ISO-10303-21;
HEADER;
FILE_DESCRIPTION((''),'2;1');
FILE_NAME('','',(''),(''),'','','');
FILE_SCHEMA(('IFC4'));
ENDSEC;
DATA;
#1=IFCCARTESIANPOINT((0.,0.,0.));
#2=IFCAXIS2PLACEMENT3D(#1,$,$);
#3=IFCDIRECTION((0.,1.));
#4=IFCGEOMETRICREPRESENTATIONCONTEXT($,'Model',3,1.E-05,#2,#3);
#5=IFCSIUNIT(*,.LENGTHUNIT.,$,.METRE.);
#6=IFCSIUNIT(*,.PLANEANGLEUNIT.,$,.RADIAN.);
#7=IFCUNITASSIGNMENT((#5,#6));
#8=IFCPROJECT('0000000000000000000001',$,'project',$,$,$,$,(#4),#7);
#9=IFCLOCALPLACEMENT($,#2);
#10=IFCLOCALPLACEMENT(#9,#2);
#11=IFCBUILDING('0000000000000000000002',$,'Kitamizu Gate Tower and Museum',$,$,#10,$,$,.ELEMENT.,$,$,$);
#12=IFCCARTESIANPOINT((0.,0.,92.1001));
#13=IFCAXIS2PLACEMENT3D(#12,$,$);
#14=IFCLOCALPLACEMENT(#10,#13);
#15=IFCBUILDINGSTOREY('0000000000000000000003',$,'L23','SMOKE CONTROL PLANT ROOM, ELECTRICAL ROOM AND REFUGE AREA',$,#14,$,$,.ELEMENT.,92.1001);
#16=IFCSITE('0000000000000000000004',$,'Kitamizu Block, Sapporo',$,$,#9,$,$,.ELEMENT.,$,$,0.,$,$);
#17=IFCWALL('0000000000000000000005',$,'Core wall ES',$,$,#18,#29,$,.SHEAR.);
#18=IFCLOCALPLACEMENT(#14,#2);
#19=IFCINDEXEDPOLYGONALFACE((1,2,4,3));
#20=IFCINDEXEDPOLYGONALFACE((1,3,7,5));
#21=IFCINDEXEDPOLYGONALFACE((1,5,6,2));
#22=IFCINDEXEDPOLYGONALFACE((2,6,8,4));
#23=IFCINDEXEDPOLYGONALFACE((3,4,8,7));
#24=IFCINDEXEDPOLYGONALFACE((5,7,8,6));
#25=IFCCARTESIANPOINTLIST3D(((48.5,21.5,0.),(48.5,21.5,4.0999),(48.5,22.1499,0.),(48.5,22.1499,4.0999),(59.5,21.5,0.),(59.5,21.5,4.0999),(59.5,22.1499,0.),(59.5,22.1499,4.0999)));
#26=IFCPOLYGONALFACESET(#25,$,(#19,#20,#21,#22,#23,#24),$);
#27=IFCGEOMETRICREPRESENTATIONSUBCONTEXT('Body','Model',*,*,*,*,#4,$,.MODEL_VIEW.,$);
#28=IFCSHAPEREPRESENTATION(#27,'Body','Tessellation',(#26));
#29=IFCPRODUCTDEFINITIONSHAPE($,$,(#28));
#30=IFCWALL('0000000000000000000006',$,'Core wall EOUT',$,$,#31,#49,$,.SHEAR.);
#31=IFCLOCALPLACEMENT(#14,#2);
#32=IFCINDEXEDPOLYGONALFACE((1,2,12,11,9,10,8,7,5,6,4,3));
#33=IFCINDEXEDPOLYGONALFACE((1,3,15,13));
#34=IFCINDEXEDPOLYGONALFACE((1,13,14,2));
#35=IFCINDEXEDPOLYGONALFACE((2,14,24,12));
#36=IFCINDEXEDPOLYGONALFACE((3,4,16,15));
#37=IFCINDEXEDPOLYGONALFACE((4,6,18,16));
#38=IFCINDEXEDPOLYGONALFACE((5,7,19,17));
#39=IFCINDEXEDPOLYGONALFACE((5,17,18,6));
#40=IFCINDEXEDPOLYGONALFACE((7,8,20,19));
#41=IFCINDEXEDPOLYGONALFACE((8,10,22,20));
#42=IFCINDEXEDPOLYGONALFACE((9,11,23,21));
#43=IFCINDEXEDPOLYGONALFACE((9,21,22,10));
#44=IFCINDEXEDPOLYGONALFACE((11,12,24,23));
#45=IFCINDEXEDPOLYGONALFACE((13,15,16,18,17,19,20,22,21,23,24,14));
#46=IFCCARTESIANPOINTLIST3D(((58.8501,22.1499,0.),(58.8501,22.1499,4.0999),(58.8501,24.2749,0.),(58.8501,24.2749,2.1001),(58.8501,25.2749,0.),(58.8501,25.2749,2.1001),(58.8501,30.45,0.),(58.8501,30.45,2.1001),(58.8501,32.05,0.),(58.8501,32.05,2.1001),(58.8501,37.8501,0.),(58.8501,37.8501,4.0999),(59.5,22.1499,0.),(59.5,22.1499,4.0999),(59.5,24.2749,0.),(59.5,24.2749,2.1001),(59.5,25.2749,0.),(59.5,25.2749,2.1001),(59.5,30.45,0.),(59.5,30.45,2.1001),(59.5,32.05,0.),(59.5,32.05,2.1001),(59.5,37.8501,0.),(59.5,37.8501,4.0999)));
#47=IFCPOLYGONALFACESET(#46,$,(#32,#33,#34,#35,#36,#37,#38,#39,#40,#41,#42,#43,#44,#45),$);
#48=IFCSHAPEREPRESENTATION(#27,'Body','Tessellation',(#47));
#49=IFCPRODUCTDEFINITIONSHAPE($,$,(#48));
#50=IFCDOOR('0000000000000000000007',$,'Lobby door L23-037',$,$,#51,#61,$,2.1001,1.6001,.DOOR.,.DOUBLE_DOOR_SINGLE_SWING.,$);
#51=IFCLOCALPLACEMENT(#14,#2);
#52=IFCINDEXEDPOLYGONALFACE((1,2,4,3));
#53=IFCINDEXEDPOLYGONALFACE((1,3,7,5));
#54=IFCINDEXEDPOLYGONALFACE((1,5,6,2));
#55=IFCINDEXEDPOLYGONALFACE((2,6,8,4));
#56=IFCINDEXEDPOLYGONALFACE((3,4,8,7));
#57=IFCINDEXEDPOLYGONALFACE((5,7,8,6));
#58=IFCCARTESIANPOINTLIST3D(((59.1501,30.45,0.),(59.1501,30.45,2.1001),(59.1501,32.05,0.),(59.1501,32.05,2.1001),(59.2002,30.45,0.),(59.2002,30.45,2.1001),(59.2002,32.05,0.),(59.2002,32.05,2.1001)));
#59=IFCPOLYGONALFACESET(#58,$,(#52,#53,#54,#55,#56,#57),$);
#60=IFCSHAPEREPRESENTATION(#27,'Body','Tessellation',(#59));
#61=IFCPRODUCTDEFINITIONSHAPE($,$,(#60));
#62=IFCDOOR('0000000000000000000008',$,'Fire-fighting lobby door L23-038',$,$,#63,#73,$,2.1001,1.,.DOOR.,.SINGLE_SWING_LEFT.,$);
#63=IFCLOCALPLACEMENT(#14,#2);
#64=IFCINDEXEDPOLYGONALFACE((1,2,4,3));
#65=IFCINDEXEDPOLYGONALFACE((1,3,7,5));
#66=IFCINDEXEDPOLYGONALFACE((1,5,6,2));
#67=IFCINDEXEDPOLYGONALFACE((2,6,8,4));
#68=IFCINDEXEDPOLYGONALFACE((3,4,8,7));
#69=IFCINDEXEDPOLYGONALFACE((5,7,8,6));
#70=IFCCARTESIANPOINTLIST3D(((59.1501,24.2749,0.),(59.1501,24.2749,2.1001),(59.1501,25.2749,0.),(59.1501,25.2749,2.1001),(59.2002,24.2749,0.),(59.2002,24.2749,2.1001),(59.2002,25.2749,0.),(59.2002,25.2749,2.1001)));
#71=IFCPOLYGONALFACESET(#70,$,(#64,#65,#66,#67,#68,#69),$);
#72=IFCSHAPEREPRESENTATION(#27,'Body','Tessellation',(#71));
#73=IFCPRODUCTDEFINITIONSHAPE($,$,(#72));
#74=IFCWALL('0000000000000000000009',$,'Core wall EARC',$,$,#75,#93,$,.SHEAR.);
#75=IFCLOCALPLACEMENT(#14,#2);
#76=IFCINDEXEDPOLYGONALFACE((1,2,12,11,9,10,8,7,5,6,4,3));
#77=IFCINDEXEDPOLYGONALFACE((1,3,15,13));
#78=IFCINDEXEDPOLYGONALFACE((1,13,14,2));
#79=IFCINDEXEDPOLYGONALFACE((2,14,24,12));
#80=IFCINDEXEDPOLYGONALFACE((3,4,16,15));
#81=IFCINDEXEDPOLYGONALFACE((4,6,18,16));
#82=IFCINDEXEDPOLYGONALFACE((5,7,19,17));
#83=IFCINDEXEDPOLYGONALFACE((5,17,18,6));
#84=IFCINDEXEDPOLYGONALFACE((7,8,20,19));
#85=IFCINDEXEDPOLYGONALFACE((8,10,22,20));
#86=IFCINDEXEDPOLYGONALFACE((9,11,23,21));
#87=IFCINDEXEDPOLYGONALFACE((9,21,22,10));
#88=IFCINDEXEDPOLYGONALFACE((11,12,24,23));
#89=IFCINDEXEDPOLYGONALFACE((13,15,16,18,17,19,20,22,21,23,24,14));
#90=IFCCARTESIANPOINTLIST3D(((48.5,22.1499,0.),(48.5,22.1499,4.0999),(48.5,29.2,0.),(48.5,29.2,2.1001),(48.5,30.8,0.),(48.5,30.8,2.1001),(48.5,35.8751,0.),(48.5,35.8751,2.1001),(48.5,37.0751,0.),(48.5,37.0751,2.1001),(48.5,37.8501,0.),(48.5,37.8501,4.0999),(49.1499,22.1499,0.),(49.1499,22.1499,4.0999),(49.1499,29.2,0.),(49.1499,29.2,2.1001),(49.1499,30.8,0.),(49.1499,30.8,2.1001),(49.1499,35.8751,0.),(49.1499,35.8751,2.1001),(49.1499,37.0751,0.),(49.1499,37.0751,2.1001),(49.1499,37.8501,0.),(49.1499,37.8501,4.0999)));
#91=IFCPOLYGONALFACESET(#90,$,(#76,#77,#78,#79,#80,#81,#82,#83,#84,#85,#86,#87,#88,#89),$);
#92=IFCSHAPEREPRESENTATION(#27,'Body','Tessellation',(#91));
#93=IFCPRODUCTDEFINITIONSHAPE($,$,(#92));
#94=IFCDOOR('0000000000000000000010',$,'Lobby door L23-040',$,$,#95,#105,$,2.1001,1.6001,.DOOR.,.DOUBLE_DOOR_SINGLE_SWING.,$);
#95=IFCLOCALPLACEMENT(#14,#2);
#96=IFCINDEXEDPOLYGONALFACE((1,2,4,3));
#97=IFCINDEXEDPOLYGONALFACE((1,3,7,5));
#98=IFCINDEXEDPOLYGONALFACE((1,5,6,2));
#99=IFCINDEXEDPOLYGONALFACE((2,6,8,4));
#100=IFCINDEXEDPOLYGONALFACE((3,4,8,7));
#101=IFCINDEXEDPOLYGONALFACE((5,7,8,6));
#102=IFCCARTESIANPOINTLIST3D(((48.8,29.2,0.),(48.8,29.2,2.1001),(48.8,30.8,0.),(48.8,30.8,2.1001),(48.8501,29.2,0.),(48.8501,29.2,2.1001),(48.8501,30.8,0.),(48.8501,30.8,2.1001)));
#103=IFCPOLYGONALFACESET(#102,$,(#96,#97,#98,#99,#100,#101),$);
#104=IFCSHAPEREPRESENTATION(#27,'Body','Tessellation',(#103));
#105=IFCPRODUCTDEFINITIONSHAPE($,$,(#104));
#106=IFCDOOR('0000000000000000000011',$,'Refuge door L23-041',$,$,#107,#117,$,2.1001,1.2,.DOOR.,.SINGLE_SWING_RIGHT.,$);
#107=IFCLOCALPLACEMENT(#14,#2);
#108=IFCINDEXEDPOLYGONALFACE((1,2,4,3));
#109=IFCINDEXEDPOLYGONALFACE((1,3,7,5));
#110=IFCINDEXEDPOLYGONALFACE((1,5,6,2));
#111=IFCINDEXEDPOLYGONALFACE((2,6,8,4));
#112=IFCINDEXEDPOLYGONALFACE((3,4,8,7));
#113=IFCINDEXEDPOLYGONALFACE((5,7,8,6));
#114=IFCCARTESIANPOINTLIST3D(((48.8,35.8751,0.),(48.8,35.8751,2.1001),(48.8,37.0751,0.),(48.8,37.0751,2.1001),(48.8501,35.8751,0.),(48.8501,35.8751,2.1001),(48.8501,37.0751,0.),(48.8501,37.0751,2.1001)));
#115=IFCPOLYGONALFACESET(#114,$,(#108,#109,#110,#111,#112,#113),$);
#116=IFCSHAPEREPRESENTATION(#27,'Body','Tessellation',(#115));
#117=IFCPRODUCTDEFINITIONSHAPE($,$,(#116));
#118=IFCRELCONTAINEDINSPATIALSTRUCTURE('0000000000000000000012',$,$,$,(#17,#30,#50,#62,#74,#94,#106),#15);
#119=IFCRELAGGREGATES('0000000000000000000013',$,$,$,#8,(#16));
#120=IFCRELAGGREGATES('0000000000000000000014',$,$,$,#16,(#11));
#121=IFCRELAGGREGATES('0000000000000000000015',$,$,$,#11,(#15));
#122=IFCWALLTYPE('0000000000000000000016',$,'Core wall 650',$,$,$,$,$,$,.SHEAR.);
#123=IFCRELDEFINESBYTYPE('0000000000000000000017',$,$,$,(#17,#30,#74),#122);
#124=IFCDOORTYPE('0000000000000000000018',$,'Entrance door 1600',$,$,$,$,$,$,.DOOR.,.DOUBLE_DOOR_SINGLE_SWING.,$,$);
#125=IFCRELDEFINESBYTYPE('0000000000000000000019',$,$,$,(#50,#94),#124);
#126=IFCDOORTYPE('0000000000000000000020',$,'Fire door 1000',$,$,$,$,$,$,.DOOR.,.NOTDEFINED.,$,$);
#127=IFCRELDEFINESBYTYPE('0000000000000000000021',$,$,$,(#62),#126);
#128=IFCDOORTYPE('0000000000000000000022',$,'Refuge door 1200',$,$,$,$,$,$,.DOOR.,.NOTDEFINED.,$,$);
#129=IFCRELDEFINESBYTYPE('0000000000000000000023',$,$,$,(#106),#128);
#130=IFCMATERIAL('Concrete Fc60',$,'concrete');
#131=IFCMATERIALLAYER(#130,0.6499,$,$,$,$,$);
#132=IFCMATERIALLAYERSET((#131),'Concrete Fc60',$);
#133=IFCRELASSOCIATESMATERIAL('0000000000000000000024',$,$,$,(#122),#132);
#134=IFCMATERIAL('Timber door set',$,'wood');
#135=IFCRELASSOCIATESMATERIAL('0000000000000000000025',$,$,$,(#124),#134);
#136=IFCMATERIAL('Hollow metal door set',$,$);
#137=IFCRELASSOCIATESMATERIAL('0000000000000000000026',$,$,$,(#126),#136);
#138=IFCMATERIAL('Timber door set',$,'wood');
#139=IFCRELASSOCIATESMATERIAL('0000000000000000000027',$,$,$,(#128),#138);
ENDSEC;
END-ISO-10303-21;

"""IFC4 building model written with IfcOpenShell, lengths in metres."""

from ifc_helpers import new_model, si_unit, direction, frame, frame_2d, origin, place, context, subcontext, project, spatial, rectangle, extrude, material, layer, layer_set, type_object, element, fill, save


model = new_model("IFC4")

# Units and contexts
model_context = context("Model", 3, precision=1e-05, world=origin(), true_north=direction((0.0, 1.0)))
body_context = subcontext(model_context, "Body", "Model", "MODEL_VIEW")
ifc_project = project(units=[si_unit("LENGTHUNIT", "METRE"), si_unit("PLANEANGLEUNIT", "RADIAN")], contexts=[model_context])

# Site, building, storey
site_placement = place(None, origin())
site = spatial("IfcSite", under=ifc_project, at=site_placement, Name="Kitamizu Block, Sapporo", CompositionType="ELEMENT", RefElevation=0.0)
building_placement = place(site_placement, origin())
building = spatial("IfcBuilding", under=site, at=building_placement, Name="Kitamizu Gate Tower and Museum", CompositionType="ELEMENT")
storey_placement = place(building_placement, frame((0.0, 0.0, 92.1001)))
storey = spatial("IfcBuildingStorey", under=building, at=storey_placement, Name="L23", Description="SMOKE CONTROL PLANT ROOM, ELECTRICAL ROOM AND REFUGE AREA", CompositionType="ELEMENT", Elevation=92.1001)

# Wall
ifc_material_1 = material(Name="Concrete Fc60", Category="concrete")
ifc_layer_1 = layer(ifc_material_1, 0.6499)
ifc_layer_set_1 = layer_set([ifc_layer_1], Name="Concrete Fc60")
wall_type_1 = type_object("IfcWallType", Name="Core wall 650", PredefinedType="SHEAR", material=ifc_layer_set_1)
wall_1_placement = place(storey_placement, frame((59.5, 21.825, 0.0), z_axis=(0.0, 0.0, 1.0), x_axis=(-1.0, 0.0, 0.0)))
element("IfcWall", 1, at=wall_1_placement, inside=storey, type_object=wall_type_1, Name="Core wall ES", PredefinedType="SHEAR", context=body_context, shape_type="SweptSolid", body=[
    extrude(rectangle(XDim=11.0, YDim=0.6499, at=frame_2d((5.5, 0.0))), origin(), (0.0, 0.0, 1.0), 4.0999),
])

# Walls, openings, doors
wall_2_placement = place(storey_placement, frame((59.175, 22.1499, 0.0), z_axis=(0.0, 0.0, 1.0), x_axis=(0.0, 1.0, 0.0)))
wall_2 = element("IfcWall", 2, at=wall_2_placement, inside=storey, type_object=wall_type_1, Name="Core wall EOUT", PredefinedType="SHEAR", context=body_context, shape_type="SweptSolid", body=[
    extrude(rectangle(XDim=15.7002, YDim=0.6499, at=frame_2d((7.8501, 0.0))), origin(), (0.0, 0.0, 1.0), 4.0999),
])
opening_1_placement = place(wall_2_placement, frame((8.3, 0.0, 0.0)))
opening_1 = element("IfcOpeningElement", 3, at=opening_1_placement, cuts=wall_2, PredefinedType="OPENING", context=body_context, shape_type="SweptSolid", body=[
    extrude(rectangle(XDim=1.6001, YDim=2.1001, at=frame_2d((0.8, 1.05))), frame((0.0, 0.335, 0.0), z_axis=(0.0, -1.0, 0.0), x_axis=(1.0, 0.0, 0.0)), (0.0, 0.0, 1.0), 0.6699),
])
opening_2_placement = place(wall_2_placement, frame((2.125, 0.0, 0.0)))
opening_2 = element("IfcOpeningElement", 4, at=opening_2_placement, cuts=wall_2, PredefinedType="OPENING", context=body_context, shape_type="SweptSolid", body=[
    extrude(rectangle(XDim=1.0, YDim=2.1001, at=frame_2d((0.5, 1.05))), frame((0.0, 0.335, 0.0), z_axis=(0.0, -1.0, 0.0), x_axis=(1.0, 0.0, 0.0)), (0.0, 0.0, 1.0), 0.6699),
])
ifc_material_2 = material(Name="Timber door set", Category="wood")
door_type_1 = type_object("IfcDoorType", Name="Entrance door 1600", OperationType="DOUBLE_DOOR_SINGLE_SWING", PredefinedType="DOOR", material=ifc_material_2)
door_1_placement = place(opening_1_placement, origin())
door_1 = element("IfcDoor", 5, at=door_1_placement, inside=storey, type_object=door_type_1, Name="Lobby door L23-037", OperationType="DOUBLE_DOOR_SINGLE_SWING", OverallHeight=2.1001, OverallWidth=1.6001, PredefinedType="DOOR", context=body_context, shape_type="SweptSolid", body=[
    extrude(rectangle(XDim=1.6001, YDim=2.1001, at=frame_2d((0.8, 1.05))), frame((0.0, 0.0249, 0.0), z_axis=(0.0, -1.0, 0.0), x_axis=(1.0, 0.0, 0.0)), (0.0, 0.0, 1.0), 0.05),
])
fill(opening_1, door_1)
ifc_material_3 = material(Name="Hollow metal door set")
door_type_2 = type_object("IfcDoorType", Name="Fire door 1000", OperationType="NOTDEFINED", PredefinedType="DOOR", material=ifc_material_3)
door_2_placement = place(opening_2_placement, origin())
door_2 = element("IfcDoor", 6, at=door_2_placement, inside=storey, type_object=door_type_2, Name="Fire-fighting lobby door L23-038", OperationType="SINGLE_SWING_LEFT", OverallHeight=2.1001, OverallWidth=1.0, PredefinedType="DOOR", context=body_context, shape_type="SweptSolid", body=[
    extrude(rectangle(XDim=1.0, YDim=2.1001, at=frame_2d((0.5, 1.05))), frame((0.0, 0.0249, 0.0), z_axis=(0.0, -1.0, 0.0), x_axis=(1.0, 0.0, 0.0)), (0.0, 0.0, 1.0), 0.05),
])
fill(opening_2, door_2)
wall_3_placement = place(storey_placement, frame((48.825, 22.1499, 0.0), z_axis=(0.0, 0.0, 1.0), x_axis=(0.0, 1.0, 0.0)))
wall_3 = element("IfcWall", 7, at=wall_3_placement, inside=storey, type_object=wall_type_1, Name="Core wall EARC", PredefinedType="SHEAR", context=body_context, shape_type="SweptSolid", body=[
    extrude(rectangle(XDim=15.7002, YDim=0.6499, at=frame_2d((7.8501, 0.0))), origin(), (0.0, 0.0, 1.0), 4.0999),
])
opening_3_placement = place(wall_3_placement, frame((7.05, 0.0, 0.0)))
opening_3 = element("IfcOpeningElement", 8, at=opening_3_placement, cuts=wall_3, PredefinedType="OPENING", context=body_context, shape_type="SweptSolid", body=[
    extrude(rectangle(XDim=1.6001, YDim=2.1001, at=frame_2d((0.8, 1.05))), frame((0.0, 0.335, 0.0), z_axis=(0.0, -1.0, 0.0), x_axis=(1.0, 0.0, 0.0)), (0.0, 0.0, 1.0), 0.6699),
])
opening_4_placement = place(wall_3_placement, frame((13.7251, 0.0, 0.0)))
opening_4 = element("IfcOpeningElement", 9, at=opening_4_placement, cuts=wall_3, PredefinedType="OPENING", context=body_context, shape_type="SweptSolid", body=[
    extrude(rectangle(XDim=1.2, YDim=2.1001, at=frame_2d((0.6001, 1.05))), frame((0.0, 0.335, 0.0), z_axis=(0.0, -1.0, 0.0), x_axis=(1.0, 0.0, 0.0)), (0.0, 0.0, 1.0), 0.6699),
])
door_3_placement = place(opening_3_placement, origin())
door_3 = element("IfcDoor", 10, at=door_3_placement, inside=storey, type_object=door_type_1, Name="Lobby door L23-040", OperationType="DOUBLE_DOOR_SINGLE_SWING", OverallHeight=2.1001, OverallWidth=1.6001, PredefinedType="DOOR", context=body_context, shape_type="SweptSolid", body=[
    extrude(rectangle(XDim=1.6001, YDim=2.1001, at=frame_2d((0.8, 1.05))), frame((0.0, 0.0249, 0.0), z_axis=(0.0, -1.0, 0.0), x_axis=(1.0, 0.0, 0.0)), (0.0, 0.0, 1.0), 0.05),
])
fill(opening_3, door_3)
ifc_material_4 = material(Name="Timber door set", Category="wood")
door_type_3 = type_object("IfcDoorType", Name="Refuge door 1200", OperationType="NOTDEFINED", PredefinedType="DOOR", material=ifc_material_4)
door_4_placement = place(opening_4_placement, origin())
door_4 = element("IfcDoor", 11, at=door_4_placement, inside=storey, type_object=door_type_3, Name="Refuge door L23-041", OperationType="SINGLE_SWING_RIGHT", OverallHeight=2.1001, OverallWidth=1.2, PredefinedType="DOOR", context=body_context, shape_type="SweptSolid", body=[
    extrude(rectangle(XDim=1.2, YDim=2.1001, at=frame_2d((0.6001, 1.05))), frame((0.0, 0.0249, 0.0), z_axis=(0.0, -1.0, 0.0), x_axis=(1.0, 0.0, 0.0)), (0.0, 0.0, 1.0), 0.05),
])
fill(opening_4, door_4)

save(model, "model.ifc")
